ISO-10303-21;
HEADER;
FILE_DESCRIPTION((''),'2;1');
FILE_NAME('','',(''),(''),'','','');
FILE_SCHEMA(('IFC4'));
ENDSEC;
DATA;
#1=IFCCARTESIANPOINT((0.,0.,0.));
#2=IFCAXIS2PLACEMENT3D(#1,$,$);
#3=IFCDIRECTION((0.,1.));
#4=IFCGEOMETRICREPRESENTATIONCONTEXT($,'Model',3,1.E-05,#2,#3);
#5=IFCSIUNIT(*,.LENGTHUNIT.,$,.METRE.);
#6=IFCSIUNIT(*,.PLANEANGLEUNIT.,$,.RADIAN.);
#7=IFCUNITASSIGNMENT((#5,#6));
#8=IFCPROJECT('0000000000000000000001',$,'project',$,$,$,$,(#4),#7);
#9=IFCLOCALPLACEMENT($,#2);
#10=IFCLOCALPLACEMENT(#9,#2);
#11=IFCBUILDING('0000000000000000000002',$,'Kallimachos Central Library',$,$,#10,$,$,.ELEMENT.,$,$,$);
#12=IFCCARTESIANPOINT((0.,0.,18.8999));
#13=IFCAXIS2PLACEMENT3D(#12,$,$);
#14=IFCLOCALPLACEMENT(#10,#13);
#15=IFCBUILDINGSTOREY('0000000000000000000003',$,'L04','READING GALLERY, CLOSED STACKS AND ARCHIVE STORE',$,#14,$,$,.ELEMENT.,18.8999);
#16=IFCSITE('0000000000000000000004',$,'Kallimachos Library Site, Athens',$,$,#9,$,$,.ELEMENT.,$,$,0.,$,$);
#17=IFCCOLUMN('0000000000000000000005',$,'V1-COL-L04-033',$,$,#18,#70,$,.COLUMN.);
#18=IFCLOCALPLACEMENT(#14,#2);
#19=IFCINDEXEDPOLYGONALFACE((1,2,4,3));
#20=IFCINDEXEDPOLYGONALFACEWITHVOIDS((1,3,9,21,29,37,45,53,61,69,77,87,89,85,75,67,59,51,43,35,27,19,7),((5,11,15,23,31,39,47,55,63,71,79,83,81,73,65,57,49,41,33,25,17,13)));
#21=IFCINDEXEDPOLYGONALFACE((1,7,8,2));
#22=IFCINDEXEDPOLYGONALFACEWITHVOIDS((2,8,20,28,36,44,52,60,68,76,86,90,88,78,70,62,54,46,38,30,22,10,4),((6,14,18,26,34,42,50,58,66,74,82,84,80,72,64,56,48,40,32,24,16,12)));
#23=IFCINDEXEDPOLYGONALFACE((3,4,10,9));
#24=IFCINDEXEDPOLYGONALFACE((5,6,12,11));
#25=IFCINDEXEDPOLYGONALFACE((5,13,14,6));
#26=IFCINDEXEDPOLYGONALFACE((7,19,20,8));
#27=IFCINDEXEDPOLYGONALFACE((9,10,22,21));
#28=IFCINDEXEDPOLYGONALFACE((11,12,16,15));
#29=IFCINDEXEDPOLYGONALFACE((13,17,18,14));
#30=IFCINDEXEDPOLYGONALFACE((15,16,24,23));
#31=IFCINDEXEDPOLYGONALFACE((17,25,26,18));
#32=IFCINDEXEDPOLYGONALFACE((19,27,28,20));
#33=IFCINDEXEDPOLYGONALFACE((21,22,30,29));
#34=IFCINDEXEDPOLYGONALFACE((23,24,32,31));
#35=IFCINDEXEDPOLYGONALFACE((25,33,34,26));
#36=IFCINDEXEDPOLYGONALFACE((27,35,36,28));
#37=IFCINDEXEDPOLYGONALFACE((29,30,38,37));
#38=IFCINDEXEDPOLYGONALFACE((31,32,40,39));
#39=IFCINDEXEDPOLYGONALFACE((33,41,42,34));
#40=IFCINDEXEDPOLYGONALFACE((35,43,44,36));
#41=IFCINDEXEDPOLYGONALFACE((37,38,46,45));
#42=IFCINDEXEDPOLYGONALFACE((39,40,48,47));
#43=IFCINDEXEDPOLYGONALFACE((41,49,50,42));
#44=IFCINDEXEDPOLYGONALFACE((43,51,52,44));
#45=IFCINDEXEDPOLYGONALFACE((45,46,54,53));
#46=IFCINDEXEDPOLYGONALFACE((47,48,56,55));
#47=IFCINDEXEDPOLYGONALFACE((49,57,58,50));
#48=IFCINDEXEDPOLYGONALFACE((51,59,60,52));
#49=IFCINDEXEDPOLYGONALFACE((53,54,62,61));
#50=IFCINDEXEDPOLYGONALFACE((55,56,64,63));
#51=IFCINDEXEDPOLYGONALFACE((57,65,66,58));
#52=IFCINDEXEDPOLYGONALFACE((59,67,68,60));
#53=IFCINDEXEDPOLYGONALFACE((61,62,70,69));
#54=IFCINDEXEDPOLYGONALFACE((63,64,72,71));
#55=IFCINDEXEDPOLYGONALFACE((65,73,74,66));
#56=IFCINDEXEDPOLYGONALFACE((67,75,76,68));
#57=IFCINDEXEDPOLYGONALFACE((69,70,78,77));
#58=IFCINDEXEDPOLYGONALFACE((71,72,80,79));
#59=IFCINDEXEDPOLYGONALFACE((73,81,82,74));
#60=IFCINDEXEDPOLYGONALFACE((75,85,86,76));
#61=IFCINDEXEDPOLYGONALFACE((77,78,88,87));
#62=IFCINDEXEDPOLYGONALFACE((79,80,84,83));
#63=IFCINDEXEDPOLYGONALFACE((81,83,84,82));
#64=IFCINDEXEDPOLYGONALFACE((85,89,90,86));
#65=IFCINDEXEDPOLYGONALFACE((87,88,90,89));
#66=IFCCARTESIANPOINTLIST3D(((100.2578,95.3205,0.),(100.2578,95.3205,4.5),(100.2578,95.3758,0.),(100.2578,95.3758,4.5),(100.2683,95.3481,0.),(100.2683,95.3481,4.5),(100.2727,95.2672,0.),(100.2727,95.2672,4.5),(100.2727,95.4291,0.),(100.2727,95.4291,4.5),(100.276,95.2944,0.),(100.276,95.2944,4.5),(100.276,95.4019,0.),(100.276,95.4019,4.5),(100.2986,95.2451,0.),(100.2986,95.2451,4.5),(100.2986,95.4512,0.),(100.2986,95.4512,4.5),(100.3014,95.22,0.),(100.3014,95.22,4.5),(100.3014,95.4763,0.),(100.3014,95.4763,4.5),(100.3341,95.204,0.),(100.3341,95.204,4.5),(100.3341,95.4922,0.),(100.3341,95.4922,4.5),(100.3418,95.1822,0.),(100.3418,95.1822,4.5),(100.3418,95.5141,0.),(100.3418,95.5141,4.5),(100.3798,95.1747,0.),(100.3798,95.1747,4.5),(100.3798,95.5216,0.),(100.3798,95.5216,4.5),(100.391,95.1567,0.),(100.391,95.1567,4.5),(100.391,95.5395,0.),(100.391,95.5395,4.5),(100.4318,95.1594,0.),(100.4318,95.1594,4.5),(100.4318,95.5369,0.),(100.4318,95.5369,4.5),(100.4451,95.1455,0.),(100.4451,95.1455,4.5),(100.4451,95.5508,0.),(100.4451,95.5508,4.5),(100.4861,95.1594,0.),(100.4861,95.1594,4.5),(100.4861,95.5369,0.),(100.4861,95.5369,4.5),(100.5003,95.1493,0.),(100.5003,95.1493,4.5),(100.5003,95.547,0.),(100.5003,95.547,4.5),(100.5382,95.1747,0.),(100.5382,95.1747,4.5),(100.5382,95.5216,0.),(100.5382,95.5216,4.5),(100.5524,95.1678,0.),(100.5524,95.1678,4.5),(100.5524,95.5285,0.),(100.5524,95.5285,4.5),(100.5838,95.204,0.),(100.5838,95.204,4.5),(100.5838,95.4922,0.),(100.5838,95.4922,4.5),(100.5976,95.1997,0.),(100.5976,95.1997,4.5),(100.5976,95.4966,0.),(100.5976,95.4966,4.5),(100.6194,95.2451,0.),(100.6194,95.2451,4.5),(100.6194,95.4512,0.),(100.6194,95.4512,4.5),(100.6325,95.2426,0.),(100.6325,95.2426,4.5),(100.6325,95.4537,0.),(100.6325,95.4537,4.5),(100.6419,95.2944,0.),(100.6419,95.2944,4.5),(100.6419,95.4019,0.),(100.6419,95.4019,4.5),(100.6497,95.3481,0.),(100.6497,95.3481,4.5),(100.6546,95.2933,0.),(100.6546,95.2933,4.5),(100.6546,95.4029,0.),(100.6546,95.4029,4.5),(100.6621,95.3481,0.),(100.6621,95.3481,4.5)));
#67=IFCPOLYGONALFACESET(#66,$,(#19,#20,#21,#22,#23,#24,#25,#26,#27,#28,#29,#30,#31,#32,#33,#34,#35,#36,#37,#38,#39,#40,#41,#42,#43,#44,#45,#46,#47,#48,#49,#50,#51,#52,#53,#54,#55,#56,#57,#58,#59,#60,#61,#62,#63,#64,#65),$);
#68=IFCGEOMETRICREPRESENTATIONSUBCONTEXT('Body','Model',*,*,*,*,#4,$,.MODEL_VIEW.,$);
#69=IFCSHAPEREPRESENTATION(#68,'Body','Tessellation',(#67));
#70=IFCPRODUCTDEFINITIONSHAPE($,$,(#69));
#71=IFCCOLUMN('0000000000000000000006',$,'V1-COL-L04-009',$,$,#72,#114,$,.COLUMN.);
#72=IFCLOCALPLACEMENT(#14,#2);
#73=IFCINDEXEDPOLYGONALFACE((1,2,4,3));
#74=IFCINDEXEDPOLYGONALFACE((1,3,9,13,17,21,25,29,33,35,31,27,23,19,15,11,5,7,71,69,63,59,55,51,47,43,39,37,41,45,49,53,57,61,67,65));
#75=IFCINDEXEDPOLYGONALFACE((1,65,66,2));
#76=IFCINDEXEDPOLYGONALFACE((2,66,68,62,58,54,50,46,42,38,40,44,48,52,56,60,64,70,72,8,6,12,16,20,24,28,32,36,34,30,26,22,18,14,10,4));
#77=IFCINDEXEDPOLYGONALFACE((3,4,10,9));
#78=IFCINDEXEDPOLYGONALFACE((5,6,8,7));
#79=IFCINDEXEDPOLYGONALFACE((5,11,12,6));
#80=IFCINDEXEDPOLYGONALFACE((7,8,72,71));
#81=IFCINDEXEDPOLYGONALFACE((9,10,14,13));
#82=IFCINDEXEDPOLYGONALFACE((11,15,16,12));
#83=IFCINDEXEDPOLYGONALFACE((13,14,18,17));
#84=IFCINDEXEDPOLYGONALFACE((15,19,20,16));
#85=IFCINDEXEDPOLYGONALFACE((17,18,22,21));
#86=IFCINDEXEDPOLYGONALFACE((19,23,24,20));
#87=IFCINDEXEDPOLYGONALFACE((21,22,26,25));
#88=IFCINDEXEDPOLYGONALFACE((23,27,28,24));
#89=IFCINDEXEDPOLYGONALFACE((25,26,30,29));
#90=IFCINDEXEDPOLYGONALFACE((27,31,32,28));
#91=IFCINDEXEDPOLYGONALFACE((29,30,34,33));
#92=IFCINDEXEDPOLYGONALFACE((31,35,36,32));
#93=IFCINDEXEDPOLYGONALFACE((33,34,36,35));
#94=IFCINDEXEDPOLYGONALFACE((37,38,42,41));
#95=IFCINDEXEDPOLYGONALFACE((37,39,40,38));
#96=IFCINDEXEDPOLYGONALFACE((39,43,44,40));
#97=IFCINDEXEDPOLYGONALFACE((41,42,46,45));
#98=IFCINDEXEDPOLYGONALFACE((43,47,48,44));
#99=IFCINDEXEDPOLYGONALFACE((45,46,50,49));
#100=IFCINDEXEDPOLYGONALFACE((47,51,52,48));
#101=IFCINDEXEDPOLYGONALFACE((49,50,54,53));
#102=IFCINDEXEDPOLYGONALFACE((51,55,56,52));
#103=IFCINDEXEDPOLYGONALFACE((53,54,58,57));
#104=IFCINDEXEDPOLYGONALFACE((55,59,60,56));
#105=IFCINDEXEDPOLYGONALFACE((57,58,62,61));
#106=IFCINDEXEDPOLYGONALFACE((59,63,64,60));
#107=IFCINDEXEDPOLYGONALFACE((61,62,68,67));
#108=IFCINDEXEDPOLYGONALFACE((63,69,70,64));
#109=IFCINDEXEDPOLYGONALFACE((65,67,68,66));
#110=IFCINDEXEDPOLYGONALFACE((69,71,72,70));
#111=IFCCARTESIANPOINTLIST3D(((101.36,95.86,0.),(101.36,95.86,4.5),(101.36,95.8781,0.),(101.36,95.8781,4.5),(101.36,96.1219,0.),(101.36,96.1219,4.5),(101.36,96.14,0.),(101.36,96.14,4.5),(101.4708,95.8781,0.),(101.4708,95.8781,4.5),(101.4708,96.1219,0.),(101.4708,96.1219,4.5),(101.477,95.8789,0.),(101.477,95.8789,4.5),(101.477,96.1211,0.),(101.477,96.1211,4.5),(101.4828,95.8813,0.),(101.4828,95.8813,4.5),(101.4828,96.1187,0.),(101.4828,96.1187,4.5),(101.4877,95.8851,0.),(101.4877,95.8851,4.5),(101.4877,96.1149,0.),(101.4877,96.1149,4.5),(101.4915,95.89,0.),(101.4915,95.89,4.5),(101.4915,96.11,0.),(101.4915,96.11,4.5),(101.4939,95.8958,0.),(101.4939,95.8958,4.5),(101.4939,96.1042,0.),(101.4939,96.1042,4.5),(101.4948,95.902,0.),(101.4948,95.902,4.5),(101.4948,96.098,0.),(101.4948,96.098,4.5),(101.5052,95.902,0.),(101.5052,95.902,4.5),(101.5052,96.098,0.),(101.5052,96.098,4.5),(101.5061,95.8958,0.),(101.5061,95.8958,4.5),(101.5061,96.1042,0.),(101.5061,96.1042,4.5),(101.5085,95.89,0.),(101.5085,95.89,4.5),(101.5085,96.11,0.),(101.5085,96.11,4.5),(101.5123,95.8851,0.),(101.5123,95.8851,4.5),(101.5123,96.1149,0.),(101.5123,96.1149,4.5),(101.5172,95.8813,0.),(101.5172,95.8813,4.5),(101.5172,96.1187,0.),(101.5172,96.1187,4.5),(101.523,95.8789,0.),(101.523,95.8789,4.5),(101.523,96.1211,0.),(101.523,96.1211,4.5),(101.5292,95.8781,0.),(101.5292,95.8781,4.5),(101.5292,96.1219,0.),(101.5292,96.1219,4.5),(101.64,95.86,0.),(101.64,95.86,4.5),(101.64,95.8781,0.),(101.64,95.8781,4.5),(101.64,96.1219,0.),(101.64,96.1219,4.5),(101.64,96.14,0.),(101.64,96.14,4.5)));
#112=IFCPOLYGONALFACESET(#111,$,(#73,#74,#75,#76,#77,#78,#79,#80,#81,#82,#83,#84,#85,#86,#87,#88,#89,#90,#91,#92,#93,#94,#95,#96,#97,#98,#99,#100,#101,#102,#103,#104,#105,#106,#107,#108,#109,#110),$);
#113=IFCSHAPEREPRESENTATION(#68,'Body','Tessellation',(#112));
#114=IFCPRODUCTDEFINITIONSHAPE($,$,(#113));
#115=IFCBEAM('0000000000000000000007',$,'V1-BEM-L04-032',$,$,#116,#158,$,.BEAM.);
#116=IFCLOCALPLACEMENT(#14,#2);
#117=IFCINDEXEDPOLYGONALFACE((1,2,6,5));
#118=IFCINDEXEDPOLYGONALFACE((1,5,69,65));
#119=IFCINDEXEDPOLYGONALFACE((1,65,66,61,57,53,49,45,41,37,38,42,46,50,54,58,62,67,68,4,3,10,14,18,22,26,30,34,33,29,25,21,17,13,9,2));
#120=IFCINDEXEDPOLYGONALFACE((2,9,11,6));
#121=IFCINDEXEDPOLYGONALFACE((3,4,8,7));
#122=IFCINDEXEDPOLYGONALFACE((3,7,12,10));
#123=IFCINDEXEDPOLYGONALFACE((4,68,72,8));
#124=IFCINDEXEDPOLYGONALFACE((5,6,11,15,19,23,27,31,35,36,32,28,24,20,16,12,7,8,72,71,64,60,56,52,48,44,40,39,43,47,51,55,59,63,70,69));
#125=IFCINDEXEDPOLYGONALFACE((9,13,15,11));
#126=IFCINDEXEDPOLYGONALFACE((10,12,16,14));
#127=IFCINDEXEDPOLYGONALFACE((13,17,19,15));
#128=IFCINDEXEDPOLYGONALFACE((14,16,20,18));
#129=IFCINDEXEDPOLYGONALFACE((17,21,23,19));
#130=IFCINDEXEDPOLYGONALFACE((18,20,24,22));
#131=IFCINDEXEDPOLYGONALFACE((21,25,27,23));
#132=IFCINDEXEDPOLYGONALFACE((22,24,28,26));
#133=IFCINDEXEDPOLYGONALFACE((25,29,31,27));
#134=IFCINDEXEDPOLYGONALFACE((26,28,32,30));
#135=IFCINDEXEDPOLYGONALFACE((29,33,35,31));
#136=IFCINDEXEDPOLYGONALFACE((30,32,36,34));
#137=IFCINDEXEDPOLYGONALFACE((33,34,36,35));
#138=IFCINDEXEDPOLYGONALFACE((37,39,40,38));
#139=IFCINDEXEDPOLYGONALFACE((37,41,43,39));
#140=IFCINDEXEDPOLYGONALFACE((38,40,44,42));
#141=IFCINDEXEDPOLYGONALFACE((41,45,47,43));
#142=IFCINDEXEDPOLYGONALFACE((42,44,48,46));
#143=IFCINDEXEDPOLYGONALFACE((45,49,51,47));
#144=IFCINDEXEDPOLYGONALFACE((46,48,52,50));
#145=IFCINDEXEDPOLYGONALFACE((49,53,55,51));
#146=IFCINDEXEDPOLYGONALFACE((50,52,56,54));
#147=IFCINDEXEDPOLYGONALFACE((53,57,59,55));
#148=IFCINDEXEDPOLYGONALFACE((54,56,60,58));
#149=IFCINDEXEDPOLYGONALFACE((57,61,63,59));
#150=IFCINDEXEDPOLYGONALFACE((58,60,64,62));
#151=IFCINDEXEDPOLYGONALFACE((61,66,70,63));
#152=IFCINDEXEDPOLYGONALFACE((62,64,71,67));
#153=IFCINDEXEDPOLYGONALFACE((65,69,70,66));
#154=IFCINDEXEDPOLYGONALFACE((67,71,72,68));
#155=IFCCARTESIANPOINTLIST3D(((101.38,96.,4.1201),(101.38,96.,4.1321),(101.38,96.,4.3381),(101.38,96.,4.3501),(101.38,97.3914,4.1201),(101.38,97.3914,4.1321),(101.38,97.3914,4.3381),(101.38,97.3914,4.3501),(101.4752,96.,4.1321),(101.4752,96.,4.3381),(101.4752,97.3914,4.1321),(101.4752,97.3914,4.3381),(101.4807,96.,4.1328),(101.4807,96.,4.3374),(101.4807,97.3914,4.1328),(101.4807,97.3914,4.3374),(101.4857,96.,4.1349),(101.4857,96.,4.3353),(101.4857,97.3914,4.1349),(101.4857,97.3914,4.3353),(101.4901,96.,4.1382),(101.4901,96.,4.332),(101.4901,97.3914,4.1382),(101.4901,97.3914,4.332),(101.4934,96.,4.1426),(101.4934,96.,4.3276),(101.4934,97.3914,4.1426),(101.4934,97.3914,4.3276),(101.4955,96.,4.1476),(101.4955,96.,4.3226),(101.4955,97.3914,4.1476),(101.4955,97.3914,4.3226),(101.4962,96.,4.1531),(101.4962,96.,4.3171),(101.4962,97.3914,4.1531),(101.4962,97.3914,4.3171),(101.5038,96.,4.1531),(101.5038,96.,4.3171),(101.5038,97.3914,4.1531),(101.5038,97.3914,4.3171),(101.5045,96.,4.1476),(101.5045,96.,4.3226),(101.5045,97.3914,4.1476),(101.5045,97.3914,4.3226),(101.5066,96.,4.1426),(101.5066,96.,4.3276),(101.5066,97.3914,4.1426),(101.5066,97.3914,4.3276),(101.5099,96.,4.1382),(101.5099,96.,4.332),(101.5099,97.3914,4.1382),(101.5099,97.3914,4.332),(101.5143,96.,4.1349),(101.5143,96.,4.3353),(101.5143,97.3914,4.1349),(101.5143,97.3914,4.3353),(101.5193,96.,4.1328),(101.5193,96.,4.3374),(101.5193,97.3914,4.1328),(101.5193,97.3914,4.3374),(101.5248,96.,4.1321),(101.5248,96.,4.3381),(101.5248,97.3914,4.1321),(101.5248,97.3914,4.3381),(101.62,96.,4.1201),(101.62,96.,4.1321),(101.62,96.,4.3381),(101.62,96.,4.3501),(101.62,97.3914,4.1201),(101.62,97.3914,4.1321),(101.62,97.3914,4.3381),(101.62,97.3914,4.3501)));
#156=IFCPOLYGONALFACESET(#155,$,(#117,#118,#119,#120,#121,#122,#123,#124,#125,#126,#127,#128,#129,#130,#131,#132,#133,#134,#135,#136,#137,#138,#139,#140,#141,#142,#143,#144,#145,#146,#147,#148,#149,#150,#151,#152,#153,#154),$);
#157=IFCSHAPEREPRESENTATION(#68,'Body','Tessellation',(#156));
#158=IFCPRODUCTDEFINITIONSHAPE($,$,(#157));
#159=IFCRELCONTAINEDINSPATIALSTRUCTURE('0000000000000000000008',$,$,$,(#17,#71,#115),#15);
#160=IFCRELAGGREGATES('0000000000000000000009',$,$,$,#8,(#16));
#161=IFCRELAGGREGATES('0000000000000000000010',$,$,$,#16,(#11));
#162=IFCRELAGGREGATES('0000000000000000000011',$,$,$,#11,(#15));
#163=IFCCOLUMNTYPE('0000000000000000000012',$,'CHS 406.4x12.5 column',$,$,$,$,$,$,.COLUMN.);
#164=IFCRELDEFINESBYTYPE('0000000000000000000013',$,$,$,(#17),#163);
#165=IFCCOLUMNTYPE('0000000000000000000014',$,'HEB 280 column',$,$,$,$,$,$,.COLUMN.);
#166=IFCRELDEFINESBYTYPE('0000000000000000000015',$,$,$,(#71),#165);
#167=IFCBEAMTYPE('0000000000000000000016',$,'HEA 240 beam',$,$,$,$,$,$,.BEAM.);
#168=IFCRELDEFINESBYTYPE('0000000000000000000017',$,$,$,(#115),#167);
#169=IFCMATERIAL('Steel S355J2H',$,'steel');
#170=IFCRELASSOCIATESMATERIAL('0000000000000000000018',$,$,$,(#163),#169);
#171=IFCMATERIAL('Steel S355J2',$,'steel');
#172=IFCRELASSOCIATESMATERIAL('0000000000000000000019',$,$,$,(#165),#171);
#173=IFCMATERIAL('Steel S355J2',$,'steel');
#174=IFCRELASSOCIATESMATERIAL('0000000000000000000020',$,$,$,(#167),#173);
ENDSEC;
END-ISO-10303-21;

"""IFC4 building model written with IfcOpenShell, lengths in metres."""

from ifc_helpers import new_model, si_unit, direction, frame, origin, origin_2d, place, context, subcontext, project, spatial, hollow_circle, i_section, extrude, material, material_profile, profile_set, type_object, element, save


model = new_model("IFC4")

# Units and contexts
model_context = context("Model", 3, precision=1e-05, world=origin(), true_north=direction((0.0, 1.0)))
body_context = subcontext(model_context, "Body", "Model", "MODEL_VIEW")
ifc_project = project(units=[si_unit("LENGTHUNIT", "METRE"), si_unit("PLANEANGLEUNIT", "RADIAN")], contexts=[model_context])

# Site, building, storey
site_placement = place(None, origin())
site = spatial("IfcSite", under=ifc_project, at=site_placement, Name="Kallimachos Library Site, Athens", CompositionType="ELEMENT", RefElevation=0.0)
building_placement = place(site_placement, origin())
building = spatial("IfcBuilding", under=site, at=building_placement, Name="Kallimachos Central Library", CompositionType="ELEMENT")
storey_placement = place(building_placement, frame((0.0, 0.0, 18.8999)))
storey = spatial("IfcBuildingStorey", under=building, at=storey_placement, Name="L04", Description="READING GALLERY, CLOSED STACKS AND ARCHIVE STORE", CompositionType="ELEMENT", Elevation=18.8999)

# Columns
ifc_material_1 = material(Name="Steel S355J2H", Category="steel")
ifc_material_profile_1 = material_profile(ifc_material_1, hollow_circle(Radius=0.2031, WallThickness=0.0125, at=origin_2d()), Name="CHS 406.4x12.5")
ifc_profile_set_1 = profile_set([ifc_material_profile_1], Name="Steel S355J2H")
column_type_1 = type_object("IfcColumnType", Name="CHS 406.4x12.5 column", PredefinedType="COLUMN", material=ifc_profile_set_1)
column_1_placement = place(storey_placement, frame((100.459, 95.3481, 0.0), z_axis=(0.0, 0.0, 1.0), x_axis=(1.0, 0.0, 0.0)))
element("IfcColumn", 1, at=column_1_placement, inside=storey, type_object=column_type_1, Name="V1-COL-L04-033", PredefinedType="COLUMN", context=body_context, shape_type="SweptSolid", body=[
    extrude(hollow_circle(Radius=0.2031, WallThickness=0.0125, at=origin_2d()), origin(), (0.0, 0.0, 1.0), 4.5),
])
ifc_material_2 = material(Name="Steel S355J2", Category="steel")
ifc_material_profile_2 = material_profile(ifc_material_2, i_section(OverallWidth=0.28, OverallDepth=0.28, WebThickness=0.0105, FlangeThickness=0.0181, FilletRadius=0.0239, at=origin_2d()), Name="HEB 280")
ifc_profile_set_2 = profile_set([ifc_material_profile_2], Name="Steel S355J2")
column_type_2 = type_object("IfcColumnType", Name="HEB 280 column", PredefinedType="COLUMN", material=ifc_profile_set_2)
column_2_placement = place(storey_placement, frame((101.5, 96.0, 0.0), z_axis=(0.0, 0.0, 1.0), x_axis=(1.0, 0.0, 0.0)))
element("IfcColumn", 2, at=column_2_placement, inside=storey, type_object=column_type_2, Name="V1-COL-L04-009", PredefinedType="COLUMN", context=body_context, shape_type="SweptSolid", body=[
    extrude(i_section(OverallWidth=0.28, OverallDepth=0.28, WebThickness=0.0105, FlangeThickness=0.0181, FilletRadius=0.0239, at=origin_2d()), origin(), (0.0, 0.0, 1.0), 4.5),
])

# Beam
ifc_material_3 = material(Name="Steel S355J2", Category="steel")
ifc_material_profile_3 = material_profile(ifc_material_3, i_section(OverallWidth=0.24, OverallDepth=0.23, WebThickness=0.0076, FlangeThickness=0.012, FilletRadius=0.021, at=origin_2d()), Name="HEA 240")
ifc_profile_set_3 = profile_set([ifc_material_profile_3], Name="Steel S355J2")
beam_type_1 = type_object("IfcBeamType", Name="HEA 240 beam", PredefinedType="BEAM", material=ifc_profile_set_3)
beam_1_placement = place(storey_placement, frame((101.5, 96.0, 4.2351), z_axis=(0.0, 1.0, 0.0), x_axis=(-1.0, 0.0, 0.0)))
element("IfcBeam", 3, at=beam_1_placement, inside=storey, type_object=beam_type_1, Name="V1-BEM-L04-032", PredefinedType="BEAM", context=body_context, shape_type="SweptSolid", body=[
    extrude(i_section(OverallWidth=0.24, OverallDepth=0.23, WebThickness=0.0076, FlangeThickness=0.012, FilletRadius=0.021, at=origin_2d()), origin(), (0.0, 0.0, 1.0), 1.3914),
])

save(model, "model.ifc")
